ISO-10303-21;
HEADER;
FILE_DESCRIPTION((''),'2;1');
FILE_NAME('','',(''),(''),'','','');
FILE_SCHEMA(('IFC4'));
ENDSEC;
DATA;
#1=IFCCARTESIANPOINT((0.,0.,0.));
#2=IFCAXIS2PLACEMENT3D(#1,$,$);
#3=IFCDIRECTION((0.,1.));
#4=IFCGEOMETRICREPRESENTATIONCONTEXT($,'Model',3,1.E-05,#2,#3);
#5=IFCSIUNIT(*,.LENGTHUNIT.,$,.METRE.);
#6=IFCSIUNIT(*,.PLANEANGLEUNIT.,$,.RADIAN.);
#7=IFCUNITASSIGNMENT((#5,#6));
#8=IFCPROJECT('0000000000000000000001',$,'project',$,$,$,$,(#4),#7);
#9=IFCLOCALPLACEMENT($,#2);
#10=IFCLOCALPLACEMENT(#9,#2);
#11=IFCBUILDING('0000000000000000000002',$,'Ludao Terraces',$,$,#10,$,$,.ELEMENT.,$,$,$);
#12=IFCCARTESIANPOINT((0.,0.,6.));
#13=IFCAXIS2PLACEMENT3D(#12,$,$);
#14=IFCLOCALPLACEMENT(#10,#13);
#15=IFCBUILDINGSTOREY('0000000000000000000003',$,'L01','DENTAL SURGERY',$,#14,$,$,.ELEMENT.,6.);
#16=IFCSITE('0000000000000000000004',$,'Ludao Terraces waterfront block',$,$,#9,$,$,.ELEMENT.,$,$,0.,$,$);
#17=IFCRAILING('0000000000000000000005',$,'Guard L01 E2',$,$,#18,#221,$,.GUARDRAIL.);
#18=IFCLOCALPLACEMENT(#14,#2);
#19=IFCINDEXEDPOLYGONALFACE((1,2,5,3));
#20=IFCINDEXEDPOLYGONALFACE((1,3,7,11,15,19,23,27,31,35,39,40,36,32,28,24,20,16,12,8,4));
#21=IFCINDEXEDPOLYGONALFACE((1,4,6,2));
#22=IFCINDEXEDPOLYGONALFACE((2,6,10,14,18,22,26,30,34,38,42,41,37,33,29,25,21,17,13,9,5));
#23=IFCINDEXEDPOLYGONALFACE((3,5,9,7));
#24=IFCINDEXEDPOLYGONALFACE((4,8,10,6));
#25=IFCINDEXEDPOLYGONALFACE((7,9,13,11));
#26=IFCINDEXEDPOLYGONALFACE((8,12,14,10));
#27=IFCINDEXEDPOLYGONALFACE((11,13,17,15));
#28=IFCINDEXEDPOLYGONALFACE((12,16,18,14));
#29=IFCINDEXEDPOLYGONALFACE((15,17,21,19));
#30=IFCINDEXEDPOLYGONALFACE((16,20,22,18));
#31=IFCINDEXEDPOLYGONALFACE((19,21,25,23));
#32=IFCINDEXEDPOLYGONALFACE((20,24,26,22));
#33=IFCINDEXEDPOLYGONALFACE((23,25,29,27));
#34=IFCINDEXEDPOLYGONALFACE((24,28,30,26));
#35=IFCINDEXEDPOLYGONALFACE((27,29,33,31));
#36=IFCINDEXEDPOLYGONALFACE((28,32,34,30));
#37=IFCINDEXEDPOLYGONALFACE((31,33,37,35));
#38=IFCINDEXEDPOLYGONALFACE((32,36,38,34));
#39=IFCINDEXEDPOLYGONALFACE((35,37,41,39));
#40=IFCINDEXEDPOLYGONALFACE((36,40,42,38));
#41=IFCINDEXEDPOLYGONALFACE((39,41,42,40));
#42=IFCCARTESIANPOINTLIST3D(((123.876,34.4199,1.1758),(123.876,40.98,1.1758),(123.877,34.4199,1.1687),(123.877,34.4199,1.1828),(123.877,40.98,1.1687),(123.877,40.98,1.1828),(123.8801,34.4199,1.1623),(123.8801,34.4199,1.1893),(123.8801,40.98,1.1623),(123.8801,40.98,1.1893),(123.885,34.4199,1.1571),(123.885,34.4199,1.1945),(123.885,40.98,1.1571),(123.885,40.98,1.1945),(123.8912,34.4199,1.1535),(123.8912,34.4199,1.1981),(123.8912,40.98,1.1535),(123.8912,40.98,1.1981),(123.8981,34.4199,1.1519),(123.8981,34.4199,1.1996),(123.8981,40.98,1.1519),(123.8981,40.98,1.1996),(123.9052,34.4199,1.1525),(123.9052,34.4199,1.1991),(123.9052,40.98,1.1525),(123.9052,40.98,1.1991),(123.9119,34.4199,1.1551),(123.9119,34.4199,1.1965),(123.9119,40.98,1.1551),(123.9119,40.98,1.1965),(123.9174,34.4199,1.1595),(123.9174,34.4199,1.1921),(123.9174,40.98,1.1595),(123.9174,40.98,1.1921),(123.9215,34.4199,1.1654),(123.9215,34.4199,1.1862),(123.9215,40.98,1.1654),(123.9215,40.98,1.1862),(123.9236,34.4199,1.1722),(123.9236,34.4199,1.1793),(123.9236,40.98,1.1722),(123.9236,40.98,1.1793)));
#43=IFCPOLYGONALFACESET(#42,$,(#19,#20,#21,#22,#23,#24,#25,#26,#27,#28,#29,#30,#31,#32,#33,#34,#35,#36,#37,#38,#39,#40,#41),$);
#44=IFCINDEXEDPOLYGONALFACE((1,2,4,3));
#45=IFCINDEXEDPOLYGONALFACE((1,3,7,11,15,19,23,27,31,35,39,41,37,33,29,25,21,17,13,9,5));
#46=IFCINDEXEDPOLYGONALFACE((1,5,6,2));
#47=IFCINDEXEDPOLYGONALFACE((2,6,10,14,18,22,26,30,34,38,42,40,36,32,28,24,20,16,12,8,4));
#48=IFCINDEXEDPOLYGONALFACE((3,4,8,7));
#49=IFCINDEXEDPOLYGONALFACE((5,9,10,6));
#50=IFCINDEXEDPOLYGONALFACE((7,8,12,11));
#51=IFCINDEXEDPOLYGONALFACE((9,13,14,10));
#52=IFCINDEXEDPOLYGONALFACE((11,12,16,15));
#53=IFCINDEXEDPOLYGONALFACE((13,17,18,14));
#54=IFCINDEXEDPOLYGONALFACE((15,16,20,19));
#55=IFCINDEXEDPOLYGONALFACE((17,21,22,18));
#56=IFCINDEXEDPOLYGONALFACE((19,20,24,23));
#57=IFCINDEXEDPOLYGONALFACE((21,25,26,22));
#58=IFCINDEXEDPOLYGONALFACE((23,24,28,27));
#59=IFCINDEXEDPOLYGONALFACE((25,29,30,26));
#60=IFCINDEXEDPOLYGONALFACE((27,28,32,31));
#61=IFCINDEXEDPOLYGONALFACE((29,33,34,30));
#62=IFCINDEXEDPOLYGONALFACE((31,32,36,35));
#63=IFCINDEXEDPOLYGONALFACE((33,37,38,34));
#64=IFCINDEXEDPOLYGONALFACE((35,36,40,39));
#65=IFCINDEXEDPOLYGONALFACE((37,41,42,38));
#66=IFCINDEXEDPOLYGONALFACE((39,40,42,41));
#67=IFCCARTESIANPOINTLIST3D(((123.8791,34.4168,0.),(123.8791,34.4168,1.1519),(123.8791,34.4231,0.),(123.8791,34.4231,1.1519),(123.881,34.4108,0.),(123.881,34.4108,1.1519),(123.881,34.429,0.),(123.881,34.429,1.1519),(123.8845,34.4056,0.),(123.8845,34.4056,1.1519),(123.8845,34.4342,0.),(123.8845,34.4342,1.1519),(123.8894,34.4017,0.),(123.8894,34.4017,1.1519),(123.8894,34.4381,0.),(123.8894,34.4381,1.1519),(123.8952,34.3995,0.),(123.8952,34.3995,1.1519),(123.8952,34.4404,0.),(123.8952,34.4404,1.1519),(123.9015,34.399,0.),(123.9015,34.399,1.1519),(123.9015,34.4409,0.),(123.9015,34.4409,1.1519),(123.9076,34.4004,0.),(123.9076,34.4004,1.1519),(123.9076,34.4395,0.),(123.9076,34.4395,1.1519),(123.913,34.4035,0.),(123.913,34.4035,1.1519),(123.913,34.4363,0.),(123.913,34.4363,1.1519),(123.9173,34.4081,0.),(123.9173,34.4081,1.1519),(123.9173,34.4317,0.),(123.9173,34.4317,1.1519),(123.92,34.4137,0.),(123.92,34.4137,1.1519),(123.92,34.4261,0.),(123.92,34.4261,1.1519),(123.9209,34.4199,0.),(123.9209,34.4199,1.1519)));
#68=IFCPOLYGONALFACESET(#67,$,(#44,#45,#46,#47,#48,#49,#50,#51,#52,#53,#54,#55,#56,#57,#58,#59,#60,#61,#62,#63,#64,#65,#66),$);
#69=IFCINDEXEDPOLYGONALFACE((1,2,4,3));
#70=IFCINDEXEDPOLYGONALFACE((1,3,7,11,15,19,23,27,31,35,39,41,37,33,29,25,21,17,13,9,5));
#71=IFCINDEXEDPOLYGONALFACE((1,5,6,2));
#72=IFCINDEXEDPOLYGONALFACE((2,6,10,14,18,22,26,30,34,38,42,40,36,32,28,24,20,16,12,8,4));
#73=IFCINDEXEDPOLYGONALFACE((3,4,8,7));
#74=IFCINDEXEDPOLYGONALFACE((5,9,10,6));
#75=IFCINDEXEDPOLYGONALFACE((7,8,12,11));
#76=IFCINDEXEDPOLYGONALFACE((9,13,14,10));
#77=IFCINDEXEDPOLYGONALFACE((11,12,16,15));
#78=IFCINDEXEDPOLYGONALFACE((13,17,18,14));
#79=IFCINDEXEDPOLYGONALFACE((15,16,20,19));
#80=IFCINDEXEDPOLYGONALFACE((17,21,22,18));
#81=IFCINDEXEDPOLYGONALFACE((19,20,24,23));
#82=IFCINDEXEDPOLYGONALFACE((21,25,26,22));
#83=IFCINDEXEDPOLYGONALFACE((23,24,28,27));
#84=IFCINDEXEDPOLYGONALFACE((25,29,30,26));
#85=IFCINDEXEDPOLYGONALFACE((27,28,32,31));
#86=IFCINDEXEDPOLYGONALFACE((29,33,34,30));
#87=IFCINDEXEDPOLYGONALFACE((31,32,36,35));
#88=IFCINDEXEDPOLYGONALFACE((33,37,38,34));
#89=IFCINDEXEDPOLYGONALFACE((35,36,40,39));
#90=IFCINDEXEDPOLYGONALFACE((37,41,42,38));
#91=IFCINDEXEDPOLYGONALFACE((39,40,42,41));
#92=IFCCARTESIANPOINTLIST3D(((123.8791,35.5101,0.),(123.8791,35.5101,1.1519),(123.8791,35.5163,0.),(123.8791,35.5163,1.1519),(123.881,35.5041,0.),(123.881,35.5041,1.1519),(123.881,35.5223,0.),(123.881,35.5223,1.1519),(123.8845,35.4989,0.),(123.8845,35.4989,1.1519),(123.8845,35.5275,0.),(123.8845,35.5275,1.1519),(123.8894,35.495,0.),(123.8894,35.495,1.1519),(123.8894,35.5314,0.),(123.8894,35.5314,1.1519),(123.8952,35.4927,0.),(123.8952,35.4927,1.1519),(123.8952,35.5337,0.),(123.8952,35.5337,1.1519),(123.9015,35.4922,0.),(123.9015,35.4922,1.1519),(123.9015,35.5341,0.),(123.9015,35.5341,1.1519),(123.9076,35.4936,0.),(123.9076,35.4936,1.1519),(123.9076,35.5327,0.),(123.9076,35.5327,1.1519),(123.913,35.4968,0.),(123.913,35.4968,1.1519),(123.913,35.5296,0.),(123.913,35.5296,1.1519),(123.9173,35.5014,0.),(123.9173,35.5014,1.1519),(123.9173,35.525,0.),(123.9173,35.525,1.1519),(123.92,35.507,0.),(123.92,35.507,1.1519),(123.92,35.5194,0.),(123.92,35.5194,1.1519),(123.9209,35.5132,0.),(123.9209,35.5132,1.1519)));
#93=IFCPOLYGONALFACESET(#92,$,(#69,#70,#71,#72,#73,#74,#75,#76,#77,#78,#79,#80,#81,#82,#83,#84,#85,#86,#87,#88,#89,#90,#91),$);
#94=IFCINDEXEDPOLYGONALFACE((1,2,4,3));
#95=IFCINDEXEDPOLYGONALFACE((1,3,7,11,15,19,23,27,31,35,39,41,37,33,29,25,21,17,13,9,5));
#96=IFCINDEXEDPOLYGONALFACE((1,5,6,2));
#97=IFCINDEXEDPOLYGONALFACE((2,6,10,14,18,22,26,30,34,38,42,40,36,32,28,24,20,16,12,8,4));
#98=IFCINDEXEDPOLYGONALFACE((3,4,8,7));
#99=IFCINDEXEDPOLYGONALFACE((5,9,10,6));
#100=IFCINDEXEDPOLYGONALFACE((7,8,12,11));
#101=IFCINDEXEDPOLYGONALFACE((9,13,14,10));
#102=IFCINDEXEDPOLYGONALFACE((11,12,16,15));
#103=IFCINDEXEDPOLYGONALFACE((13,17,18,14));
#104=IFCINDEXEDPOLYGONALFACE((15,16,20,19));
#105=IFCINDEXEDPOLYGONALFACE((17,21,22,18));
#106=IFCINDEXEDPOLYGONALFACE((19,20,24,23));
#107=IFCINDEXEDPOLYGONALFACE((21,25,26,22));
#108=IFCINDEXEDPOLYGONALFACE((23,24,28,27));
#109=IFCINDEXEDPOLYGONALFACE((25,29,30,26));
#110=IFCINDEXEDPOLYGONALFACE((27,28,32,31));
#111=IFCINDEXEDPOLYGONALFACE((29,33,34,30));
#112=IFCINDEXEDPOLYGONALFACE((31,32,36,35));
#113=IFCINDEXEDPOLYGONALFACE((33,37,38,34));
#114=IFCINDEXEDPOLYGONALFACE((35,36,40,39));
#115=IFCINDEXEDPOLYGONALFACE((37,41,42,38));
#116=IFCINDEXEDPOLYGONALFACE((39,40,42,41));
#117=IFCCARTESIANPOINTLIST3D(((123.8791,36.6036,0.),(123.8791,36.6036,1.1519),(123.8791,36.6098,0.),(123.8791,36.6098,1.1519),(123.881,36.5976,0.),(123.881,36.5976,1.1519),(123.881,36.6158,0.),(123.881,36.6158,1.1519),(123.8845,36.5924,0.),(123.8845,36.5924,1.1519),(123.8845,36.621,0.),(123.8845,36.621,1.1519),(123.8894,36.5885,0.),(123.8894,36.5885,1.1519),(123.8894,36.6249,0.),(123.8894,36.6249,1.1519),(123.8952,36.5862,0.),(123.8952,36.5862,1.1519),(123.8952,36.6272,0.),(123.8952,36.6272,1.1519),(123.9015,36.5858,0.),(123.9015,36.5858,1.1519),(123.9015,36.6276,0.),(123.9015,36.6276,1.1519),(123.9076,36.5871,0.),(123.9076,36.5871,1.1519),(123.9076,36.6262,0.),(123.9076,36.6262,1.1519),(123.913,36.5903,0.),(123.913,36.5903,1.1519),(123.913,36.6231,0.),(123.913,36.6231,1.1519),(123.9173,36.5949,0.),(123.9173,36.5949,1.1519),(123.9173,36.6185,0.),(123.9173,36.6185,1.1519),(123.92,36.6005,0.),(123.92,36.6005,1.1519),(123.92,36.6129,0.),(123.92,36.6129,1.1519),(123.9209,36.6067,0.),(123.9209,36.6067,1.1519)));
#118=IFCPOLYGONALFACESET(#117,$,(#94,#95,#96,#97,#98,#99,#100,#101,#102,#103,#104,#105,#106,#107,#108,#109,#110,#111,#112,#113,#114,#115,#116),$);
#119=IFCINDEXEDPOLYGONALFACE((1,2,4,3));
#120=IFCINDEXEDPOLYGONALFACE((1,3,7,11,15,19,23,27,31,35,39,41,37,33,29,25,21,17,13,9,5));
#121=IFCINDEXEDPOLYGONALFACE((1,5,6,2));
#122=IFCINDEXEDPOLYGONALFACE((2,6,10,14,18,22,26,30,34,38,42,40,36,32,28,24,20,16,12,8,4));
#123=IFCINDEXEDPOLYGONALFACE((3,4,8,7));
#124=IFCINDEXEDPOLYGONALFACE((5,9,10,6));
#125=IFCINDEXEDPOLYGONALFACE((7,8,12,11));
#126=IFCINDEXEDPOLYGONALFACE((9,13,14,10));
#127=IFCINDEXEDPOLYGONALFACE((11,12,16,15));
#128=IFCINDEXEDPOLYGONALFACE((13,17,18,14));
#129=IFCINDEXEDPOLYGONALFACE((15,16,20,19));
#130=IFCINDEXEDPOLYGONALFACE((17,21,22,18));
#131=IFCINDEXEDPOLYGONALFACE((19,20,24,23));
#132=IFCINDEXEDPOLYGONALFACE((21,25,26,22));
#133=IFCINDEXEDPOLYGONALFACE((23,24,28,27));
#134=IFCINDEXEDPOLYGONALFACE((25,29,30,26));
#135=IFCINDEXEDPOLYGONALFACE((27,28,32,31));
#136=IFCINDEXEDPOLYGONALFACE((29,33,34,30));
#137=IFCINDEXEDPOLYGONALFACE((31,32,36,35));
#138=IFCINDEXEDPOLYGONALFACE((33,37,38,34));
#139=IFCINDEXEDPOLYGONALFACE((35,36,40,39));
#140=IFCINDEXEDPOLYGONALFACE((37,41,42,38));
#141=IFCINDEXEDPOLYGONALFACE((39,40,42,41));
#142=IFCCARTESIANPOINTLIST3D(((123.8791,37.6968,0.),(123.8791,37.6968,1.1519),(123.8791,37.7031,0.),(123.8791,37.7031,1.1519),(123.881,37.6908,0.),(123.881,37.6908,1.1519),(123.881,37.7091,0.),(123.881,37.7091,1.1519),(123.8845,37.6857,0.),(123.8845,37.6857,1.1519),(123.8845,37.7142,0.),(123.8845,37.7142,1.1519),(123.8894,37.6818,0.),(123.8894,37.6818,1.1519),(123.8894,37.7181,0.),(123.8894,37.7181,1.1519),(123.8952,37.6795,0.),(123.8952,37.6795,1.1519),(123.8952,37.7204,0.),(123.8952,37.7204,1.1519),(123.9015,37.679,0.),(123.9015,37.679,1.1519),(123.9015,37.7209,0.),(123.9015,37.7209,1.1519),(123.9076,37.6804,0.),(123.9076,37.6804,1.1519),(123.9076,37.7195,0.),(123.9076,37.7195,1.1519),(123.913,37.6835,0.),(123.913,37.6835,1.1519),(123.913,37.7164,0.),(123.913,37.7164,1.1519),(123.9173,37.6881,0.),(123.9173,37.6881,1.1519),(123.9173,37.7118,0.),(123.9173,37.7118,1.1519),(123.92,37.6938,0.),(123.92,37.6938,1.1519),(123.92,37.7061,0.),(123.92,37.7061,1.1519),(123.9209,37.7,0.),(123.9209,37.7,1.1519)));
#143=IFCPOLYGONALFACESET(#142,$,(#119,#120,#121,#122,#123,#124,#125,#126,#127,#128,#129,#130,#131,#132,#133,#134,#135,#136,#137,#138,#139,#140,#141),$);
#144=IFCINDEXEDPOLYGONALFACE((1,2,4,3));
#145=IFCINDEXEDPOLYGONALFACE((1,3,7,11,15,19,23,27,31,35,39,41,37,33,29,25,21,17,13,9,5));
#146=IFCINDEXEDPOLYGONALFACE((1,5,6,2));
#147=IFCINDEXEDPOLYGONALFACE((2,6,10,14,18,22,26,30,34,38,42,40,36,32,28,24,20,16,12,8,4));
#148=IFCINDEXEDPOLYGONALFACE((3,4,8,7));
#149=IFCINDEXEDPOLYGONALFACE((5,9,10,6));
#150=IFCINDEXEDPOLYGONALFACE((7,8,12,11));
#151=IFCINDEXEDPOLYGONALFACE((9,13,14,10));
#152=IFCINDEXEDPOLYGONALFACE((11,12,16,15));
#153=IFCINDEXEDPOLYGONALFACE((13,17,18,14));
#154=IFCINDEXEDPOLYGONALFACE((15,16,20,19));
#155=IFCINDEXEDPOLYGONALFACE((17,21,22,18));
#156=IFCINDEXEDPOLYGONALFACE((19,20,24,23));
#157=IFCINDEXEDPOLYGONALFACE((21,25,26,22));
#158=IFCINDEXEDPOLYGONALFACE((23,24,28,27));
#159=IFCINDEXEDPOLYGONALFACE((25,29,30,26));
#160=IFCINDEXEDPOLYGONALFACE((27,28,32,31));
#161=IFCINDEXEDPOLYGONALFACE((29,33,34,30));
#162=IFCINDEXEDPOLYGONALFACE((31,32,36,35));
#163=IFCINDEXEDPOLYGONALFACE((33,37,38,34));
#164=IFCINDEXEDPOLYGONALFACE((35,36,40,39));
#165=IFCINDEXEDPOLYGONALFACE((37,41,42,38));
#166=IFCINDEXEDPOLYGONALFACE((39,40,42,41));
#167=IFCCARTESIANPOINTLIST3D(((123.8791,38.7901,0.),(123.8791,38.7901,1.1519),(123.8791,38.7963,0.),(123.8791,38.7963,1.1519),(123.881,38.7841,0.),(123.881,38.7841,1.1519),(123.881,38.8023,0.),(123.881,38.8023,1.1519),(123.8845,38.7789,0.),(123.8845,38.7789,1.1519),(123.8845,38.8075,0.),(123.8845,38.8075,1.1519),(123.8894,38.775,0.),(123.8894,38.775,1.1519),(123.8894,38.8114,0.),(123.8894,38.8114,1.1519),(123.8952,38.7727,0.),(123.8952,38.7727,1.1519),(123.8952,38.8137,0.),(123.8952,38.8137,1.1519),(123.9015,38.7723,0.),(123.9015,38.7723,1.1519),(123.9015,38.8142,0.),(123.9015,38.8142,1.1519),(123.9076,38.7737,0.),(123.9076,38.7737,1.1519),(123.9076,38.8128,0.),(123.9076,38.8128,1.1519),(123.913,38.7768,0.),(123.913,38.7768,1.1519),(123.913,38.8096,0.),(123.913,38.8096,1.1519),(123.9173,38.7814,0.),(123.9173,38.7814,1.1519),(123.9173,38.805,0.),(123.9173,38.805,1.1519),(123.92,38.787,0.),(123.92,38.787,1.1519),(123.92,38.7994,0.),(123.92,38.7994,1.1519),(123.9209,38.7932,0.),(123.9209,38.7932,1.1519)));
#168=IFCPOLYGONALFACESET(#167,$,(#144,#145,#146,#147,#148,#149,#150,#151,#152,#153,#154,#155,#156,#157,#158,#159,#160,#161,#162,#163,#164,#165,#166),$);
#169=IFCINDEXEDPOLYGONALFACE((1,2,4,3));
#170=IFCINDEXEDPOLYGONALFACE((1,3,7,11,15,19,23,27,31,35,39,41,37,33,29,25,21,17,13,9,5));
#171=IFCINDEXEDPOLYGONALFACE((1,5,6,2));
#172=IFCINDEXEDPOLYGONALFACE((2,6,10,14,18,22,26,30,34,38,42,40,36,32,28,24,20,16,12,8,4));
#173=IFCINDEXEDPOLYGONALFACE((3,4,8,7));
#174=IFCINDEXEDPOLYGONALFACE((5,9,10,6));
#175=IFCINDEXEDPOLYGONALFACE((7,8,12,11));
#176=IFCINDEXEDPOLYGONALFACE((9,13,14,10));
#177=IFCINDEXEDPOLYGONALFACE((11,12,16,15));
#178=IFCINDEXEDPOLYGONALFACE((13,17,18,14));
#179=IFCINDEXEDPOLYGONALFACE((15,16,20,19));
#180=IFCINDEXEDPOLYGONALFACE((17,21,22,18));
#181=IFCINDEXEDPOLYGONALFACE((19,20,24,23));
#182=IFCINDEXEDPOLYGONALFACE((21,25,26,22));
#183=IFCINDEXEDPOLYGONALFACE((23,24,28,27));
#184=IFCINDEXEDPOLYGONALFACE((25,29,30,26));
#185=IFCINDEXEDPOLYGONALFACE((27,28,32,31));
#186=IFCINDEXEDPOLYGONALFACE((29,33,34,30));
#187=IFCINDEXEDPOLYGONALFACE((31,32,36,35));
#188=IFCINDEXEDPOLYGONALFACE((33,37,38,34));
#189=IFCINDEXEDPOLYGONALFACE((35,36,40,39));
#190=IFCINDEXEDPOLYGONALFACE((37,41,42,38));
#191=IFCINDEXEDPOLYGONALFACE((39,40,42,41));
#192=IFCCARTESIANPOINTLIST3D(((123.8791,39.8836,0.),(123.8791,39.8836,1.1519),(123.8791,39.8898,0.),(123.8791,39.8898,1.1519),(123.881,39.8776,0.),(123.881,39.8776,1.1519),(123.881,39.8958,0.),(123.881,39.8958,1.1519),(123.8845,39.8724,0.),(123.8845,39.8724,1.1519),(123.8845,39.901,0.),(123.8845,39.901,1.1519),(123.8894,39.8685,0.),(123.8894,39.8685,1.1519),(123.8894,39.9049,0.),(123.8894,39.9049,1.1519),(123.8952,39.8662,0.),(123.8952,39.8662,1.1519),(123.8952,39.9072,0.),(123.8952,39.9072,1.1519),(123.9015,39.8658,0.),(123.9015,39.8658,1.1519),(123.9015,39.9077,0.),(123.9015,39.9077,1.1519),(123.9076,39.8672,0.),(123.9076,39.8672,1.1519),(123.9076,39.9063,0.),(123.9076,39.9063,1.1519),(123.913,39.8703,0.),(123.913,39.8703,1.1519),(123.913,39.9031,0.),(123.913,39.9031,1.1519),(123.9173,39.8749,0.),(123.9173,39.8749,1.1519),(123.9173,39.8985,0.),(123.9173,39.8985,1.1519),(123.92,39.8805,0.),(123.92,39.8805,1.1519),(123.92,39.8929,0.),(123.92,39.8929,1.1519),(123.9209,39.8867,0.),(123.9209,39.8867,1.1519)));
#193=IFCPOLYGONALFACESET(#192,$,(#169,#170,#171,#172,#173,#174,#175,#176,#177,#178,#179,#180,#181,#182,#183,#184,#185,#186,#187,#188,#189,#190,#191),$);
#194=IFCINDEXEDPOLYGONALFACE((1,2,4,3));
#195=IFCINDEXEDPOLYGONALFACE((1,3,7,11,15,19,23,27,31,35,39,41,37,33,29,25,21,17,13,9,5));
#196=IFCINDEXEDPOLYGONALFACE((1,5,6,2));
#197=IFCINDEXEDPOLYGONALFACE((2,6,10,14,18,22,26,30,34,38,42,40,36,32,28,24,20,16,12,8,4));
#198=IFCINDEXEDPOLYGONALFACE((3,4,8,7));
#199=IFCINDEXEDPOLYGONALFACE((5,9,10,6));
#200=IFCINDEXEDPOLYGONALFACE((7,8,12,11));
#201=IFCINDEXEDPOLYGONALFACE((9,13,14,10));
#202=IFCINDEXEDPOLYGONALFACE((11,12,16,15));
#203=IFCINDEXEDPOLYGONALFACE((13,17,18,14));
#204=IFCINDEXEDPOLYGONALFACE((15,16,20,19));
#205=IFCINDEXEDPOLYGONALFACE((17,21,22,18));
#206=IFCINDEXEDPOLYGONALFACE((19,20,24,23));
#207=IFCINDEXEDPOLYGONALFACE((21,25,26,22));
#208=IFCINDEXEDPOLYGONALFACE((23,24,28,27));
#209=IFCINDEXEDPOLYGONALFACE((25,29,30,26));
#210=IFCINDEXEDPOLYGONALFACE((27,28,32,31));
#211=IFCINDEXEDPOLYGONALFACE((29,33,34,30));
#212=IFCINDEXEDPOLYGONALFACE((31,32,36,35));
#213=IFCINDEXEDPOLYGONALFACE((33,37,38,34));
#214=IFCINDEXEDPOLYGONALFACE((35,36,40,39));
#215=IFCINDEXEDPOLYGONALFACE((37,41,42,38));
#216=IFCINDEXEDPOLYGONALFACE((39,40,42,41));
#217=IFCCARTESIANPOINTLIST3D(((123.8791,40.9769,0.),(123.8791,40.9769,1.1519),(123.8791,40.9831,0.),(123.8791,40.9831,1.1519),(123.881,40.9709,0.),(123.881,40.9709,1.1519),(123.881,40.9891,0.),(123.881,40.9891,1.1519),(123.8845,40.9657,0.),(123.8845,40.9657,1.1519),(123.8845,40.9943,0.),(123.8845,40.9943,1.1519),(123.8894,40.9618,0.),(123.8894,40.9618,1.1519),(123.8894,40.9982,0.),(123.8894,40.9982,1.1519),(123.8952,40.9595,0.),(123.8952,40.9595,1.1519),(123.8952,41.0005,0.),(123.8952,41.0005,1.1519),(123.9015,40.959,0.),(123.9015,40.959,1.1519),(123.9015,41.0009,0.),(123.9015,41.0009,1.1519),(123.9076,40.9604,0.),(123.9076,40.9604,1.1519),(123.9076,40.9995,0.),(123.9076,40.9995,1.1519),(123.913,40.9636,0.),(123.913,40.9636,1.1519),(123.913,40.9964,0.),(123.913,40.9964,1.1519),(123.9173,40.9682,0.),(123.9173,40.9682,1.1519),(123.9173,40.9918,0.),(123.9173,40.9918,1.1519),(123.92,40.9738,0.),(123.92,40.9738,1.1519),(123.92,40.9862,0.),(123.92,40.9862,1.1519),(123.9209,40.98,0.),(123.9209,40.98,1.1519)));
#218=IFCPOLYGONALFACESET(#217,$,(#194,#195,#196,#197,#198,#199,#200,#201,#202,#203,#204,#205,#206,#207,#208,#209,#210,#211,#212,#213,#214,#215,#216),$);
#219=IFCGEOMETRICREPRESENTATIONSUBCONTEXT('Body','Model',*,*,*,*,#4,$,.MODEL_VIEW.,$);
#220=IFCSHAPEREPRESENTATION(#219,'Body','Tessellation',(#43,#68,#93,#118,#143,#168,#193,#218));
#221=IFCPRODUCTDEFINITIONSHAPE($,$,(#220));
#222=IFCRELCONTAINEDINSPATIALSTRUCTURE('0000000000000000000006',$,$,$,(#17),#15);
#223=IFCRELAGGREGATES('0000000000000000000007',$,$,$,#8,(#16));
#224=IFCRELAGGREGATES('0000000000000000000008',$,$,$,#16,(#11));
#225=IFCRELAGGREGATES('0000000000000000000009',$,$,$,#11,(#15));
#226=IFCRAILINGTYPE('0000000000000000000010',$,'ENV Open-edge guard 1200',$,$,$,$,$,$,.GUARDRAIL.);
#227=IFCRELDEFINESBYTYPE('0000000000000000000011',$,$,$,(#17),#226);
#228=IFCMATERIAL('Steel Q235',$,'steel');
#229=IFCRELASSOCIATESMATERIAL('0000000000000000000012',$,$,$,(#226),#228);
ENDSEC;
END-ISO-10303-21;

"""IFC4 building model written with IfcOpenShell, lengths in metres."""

from ifc_helpers import new_model, si_unit, direction, frame, origin, origin_2d, place, context, subcontext, project, spatial, circle, extrude, material, type_object, element, save


model = new_model("IFC4")

# Units and contexts
model_context = context("Model", 3, precision=1e-05, world=origin(), true_north=direction((0.0, 1.0)))
body_context = subcontext(model_context, "Body", "Model", "MODEL_VIEW")
ifc_project = project(units=[si_unit("LENGTHUNIT", "METRE"), si_unit("PLANEANGLEUNIT", "RADIAN")], contexts=[model_context])

# Site, building, storey
site_placement = place(None, origin())
site = spatial("IfcSite", under=ifc_project, at=site_placement, Name="Ludao Terraces waterfront block", CompositionType="ELEMENT", RefElevation=0.0)
building_placement = place(site_placement, origin())
building = spatial("IfcBuilding", under=site, at=building_placement, Name="Ludao Terraces", CompositionType="ELEMENT")
storey_placement = place(building_placement, frame((0.0, 0.0, 6.0)))
storey = spatial("IfcBuildingStorey", under=building, at=storey_placement, Name="L01", Description="DENTAL SURGERY", CompositionType="ELEMENT", Elevation=6.0)

# Railing
ifc_material_1 = material(Name="Steel Q235", Category="steel")
railing_type = type_object("IfcRailingType", Name="ENV Open-edge guard 1200", PredefinedType="GUARDRAIL", material=ifc_material_1)
railing_1_placement = place(storey_placement, frame((123.8999, 34.4199, 0.0)))
element("IfcRailing", 1, at=railing_1_placement, inside=storey, type_object=railing_type, Name="Guard L01 E2", PredefinedType="GUARDRAIL", context=body_context, shape_type="SweptSolid", body=[
    extrude(circle(Radius=0.0239, at=origin_2d()), frame((0.0, 0.0, 1.1758), z_axis=(0.0, 1.0, 0.0), x_axis=(-1.0, 0.0, 0.0)), (0.0, 0.0, 1.0), 6.5601),
    extrude(circle(Radius=0.021, at=origin_2d()), origin(), (0.0, 0.0, 1.0), 1.1519),
    extrude(circle(Radius=0.021, at=origin_2d()), frame((0.0, 1.0933, 0.0)), (0.0, 0.0, 1.0), 1.1519),
    extrude(circle(Radius=0.021, at=origin_2d()), frame((0.0, 2.1868, 0.0)), (0.0, 0.0, 1.0), 1.1519),
    extrude(circle(Radius=0.021, at=origin_2d()), frame((0.0, 3.28, 0.0)), (0.0, 0.0, 1.0), 1.1519),
    extrude(circle(Radius=0.021, at=origin_2d()), frame((0.0, 4.3733, 0.0)), (0.0, 0.0, 1.0), 1.1519),
    extrude(circle(Radius=0.021, at=origin_2d()), frame((0.0, 5.4668, 0.0)), (0.0, 0.0, 1.0), 1.1519),
    extrude(circle(Radius=0.021, at=origin_2d()), frame((0.0, 6.5601, 0.0)), (0.0, 0.0, 1.0), 1.1519),
])

save(model, "model.ifc")
